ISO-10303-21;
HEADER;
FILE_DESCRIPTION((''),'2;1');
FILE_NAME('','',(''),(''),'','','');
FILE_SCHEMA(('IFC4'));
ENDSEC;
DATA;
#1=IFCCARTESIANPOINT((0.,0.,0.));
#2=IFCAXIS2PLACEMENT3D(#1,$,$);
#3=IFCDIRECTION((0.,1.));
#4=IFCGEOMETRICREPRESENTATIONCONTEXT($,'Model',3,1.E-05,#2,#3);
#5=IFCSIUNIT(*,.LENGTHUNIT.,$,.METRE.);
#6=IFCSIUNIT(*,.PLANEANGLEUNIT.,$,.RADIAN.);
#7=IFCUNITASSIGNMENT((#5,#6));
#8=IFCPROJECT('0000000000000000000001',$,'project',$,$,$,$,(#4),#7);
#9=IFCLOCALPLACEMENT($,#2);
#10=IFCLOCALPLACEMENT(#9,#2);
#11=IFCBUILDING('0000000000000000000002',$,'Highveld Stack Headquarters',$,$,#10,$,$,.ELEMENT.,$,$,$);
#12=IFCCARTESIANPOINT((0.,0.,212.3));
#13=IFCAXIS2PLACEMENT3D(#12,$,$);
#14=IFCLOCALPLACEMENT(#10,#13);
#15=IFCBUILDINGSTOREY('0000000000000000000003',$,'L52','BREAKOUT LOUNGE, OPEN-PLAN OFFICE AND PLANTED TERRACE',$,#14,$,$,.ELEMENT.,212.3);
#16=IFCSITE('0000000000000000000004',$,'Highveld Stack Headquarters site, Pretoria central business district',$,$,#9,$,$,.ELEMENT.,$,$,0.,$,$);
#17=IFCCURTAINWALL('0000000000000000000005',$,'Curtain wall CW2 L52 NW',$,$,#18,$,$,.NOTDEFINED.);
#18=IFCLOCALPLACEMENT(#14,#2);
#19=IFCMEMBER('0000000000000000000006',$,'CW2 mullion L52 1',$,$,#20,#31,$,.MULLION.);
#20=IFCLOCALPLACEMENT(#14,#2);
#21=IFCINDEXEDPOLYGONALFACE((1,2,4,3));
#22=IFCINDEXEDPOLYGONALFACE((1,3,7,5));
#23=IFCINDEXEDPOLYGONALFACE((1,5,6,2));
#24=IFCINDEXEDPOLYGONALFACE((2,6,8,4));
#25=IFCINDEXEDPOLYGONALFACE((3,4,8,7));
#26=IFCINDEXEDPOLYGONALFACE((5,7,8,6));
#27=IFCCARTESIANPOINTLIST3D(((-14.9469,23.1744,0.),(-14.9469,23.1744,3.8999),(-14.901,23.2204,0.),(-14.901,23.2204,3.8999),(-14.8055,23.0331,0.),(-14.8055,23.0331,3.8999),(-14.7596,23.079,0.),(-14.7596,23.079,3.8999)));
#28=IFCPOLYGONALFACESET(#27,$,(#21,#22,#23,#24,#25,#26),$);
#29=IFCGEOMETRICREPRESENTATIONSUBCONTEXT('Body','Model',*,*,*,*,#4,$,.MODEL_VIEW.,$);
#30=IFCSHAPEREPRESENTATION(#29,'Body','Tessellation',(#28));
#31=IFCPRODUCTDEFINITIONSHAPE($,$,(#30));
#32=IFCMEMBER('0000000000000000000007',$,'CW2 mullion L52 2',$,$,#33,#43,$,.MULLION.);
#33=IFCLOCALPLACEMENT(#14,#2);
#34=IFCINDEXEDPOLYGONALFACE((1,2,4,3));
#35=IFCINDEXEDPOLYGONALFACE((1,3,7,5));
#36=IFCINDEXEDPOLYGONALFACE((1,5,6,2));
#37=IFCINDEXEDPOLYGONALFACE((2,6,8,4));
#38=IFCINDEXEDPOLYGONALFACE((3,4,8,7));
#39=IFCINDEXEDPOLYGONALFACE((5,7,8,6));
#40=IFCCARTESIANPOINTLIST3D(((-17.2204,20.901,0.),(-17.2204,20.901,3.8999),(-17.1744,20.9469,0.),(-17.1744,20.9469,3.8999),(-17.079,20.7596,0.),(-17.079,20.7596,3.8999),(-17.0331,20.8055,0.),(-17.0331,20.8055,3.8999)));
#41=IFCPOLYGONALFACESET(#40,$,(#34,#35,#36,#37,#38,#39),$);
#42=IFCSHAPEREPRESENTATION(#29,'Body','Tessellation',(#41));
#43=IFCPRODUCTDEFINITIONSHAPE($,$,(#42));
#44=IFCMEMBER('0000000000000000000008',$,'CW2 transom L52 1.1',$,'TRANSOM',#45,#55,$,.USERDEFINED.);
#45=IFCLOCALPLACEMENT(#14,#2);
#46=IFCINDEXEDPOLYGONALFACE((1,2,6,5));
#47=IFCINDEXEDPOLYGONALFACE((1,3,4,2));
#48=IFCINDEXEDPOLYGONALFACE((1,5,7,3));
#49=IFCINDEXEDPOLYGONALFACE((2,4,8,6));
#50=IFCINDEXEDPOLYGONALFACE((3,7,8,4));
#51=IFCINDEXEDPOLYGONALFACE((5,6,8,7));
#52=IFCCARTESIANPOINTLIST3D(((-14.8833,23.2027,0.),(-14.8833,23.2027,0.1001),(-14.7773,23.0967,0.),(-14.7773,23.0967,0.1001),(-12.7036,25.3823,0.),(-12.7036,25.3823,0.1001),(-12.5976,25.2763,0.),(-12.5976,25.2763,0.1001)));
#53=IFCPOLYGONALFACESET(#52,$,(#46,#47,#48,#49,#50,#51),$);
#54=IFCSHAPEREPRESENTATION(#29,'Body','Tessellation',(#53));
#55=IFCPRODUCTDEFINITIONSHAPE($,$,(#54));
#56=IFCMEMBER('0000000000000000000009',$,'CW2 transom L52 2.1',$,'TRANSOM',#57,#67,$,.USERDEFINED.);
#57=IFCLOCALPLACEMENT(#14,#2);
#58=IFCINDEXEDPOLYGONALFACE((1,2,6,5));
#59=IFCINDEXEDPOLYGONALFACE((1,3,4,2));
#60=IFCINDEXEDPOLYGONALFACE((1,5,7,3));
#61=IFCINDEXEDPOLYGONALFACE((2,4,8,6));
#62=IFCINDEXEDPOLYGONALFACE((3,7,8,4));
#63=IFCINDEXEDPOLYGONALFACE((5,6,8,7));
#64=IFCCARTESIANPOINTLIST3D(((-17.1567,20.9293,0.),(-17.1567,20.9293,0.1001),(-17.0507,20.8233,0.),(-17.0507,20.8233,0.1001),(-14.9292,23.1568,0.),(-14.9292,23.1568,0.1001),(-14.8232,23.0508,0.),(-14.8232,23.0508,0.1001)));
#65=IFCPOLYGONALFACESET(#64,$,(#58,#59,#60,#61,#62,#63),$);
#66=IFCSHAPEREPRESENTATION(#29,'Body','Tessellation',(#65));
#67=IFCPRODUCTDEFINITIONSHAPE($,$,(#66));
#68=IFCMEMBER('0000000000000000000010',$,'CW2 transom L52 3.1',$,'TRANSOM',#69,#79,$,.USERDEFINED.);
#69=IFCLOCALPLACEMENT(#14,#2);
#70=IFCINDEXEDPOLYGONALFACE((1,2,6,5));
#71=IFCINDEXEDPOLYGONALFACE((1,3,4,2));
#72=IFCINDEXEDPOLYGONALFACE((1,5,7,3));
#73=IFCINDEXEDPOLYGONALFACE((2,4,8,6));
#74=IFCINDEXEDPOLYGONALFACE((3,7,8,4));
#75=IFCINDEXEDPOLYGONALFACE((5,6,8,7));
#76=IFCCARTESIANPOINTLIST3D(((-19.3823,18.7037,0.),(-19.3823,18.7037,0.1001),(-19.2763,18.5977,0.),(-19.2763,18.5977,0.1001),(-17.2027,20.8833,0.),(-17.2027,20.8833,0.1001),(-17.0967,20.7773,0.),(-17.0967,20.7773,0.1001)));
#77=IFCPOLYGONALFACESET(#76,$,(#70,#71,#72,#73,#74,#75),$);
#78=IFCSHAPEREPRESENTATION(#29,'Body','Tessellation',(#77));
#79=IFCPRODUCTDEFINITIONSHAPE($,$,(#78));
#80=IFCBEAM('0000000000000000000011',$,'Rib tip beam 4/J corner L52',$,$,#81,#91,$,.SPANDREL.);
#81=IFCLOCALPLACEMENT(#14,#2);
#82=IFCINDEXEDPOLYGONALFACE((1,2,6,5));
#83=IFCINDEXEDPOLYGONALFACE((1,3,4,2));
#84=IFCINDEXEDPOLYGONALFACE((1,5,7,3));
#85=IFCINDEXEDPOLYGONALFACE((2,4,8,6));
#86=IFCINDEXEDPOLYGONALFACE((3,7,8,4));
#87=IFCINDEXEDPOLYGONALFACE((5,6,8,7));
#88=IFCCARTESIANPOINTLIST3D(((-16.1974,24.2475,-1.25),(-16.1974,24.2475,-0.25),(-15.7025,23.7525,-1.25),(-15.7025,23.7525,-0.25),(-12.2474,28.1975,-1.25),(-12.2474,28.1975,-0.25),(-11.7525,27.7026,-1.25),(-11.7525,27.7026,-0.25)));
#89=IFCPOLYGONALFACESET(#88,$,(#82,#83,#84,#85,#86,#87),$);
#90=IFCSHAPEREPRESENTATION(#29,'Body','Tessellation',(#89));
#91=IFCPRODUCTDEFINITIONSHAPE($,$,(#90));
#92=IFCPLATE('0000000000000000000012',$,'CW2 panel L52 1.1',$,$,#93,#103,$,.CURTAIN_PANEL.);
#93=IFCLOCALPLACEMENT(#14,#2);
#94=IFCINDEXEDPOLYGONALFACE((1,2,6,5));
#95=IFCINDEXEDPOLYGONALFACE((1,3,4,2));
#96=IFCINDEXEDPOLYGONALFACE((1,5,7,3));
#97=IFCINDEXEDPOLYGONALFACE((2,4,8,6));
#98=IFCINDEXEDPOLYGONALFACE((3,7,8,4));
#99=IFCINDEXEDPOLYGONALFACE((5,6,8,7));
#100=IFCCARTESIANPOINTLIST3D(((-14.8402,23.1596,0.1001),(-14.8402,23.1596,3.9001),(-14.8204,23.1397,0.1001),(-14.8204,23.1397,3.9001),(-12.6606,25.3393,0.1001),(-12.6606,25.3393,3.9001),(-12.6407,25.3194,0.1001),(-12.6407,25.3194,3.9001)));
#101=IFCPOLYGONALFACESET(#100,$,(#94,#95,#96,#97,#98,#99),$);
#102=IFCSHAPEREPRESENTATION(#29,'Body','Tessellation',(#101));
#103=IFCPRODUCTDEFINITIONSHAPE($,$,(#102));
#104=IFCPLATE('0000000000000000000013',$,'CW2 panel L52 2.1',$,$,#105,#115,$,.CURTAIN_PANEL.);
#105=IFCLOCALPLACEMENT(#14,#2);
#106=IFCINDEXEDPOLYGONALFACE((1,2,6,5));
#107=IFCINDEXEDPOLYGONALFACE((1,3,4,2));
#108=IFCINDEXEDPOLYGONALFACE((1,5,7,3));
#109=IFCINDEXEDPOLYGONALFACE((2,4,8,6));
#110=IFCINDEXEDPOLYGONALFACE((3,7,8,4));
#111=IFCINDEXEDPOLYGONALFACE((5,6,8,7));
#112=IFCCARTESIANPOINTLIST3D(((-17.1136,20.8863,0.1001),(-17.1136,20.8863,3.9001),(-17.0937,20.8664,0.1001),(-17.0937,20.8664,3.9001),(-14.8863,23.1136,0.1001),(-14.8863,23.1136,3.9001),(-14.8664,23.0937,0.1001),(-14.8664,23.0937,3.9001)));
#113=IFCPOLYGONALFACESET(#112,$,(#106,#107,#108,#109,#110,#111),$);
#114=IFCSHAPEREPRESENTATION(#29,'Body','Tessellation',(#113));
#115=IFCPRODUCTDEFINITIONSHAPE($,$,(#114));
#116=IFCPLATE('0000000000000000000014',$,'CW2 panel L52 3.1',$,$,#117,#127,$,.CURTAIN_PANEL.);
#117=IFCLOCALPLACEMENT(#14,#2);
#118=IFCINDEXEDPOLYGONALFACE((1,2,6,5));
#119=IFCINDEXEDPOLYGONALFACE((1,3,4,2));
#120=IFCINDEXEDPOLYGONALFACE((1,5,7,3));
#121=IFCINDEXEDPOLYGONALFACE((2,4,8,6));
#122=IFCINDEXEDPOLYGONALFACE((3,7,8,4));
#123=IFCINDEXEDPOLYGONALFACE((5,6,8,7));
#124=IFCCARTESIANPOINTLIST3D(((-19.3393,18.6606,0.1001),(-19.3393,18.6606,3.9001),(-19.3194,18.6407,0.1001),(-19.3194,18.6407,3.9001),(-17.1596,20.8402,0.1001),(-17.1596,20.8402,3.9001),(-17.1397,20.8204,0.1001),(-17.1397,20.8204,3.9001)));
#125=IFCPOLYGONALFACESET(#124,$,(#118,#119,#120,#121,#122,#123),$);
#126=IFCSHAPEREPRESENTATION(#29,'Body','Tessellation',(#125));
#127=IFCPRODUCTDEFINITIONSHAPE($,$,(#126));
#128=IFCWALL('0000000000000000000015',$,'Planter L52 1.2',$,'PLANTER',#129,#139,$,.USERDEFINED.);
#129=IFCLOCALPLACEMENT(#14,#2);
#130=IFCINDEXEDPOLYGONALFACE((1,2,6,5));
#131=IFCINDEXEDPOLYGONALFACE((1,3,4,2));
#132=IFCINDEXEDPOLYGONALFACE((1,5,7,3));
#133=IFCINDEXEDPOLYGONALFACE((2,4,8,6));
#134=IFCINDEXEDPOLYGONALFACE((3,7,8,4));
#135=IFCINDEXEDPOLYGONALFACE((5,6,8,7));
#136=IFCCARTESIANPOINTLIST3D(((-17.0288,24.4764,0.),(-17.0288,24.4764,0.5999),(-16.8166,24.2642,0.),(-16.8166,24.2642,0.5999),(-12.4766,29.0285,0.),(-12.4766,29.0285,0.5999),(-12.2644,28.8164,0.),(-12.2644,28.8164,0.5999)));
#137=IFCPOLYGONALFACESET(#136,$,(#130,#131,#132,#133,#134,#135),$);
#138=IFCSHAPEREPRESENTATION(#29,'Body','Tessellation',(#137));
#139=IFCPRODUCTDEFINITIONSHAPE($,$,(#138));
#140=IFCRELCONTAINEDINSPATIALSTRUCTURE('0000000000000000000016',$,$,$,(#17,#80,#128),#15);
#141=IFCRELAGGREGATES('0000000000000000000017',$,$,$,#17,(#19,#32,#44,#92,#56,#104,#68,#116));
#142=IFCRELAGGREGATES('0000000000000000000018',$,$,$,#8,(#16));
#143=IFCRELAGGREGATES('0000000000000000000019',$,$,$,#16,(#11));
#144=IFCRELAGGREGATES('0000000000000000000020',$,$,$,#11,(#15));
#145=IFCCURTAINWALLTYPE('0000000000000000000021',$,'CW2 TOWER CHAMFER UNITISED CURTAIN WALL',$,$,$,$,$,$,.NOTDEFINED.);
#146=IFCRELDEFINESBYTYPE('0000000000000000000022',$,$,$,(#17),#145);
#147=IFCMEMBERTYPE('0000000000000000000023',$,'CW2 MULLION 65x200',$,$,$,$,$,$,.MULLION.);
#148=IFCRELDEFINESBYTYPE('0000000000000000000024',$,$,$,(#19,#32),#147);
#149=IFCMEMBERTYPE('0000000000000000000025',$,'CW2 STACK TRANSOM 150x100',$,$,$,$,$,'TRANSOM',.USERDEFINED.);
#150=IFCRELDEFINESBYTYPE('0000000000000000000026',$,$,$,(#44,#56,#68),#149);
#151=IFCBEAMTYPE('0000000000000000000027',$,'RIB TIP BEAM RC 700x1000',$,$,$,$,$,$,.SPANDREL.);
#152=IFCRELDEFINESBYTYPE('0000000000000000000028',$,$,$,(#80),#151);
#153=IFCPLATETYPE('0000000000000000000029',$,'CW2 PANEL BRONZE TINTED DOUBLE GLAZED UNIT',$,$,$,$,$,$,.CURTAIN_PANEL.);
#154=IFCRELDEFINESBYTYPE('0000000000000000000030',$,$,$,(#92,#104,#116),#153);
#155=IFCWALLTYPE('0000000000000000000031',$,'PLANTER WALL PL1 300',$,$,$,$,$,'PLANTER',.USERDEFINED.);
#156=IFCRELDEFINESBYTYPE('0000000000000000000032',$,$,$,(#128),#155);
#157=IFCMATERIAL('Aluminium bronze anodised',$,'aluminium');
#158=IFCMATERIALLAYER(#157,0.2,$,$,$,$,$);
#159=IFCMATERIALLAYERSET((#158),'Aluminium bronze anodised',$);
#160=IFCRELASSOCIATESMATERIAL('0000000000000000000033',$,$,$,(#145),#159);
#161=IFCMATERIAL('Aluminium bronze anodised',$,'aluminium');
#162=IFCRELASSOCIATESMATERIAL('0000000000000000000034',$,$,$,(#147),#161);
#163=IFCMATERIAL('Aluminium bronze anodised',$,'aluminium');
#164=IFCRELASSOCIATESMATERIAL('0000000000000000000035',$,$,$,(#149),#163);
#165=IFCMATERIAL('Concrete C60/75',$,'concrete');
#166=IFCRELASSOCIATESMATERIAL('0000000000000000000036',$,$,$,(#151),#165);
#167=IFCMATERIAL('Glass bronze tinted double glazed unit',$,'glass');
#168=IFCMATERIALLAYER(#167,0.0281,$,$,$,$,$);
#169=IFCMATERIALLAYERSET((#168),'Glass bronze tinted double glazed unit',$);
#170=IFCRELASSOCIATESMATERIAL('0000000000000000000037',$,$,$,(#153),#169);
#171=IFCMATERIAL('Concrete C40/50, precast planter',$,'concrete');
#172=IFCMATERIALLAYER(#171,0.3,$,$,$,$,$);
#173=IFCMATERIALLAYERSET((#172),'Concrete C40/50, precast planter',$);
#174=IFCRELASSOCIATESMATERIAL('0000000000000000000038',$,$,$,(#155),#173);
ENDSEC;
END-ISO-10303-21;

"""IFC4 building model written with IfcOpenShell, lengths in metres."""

from ifc_helpers import new_model, si_unit, direction, frame, frame_2d, origin, origin_2d, place, context, subcontext, project, spatial, rectangle, extrude, material, layer, layer_set, material_profile, profile_set, type_object, element, aggregate, save


model = new_model("IFC4")

# Units and contexts
model_context = context("Model", 3, precision=1e-05, world=origin(), true_north=direction((0.0, 1.0)))
body_context = subcontext(model_context, "Body", "Model", "MODEL_VIEW")
ifc_project = project(units=[si_unit("LENGTHUNIT", "METRE"), si_unit("PLANEANGLEUNIT", "RADIAN")], contexts=[model_context])

# Site, building, storey
site_placement = place(None, origin())
site = spatial("IfcSite", under=ifc_project, at=site_placement, Name="Highveld Stack Headquarters site, Pretoria central business district", CompositionType="ELEMENT", RefElevation=0.0)
building_placement = place(site_placement, origin())
building = spatial("IfcBuilding", under=site, at=building_placement, Name="Highveld Stack Headquarters", CompositionType="ELEMENT")
storey_placement = place(building_placement, frame((0.0, 0.0, 212.3)))
storey = spatial("IfcBuildingStorey", under=building, at=storey_placement, Name="L52", Description="BREAKOUT LOUNGE, OPEN-PLAN OFFICE AND PLANTED TERRACE", CompositionType="ELEMENT", Elevation=212.3)

# Curtain wall, members
ifc_material_1 = material(Name="Aluminium bronze anodised", Category="aluminium")
ifc_layer_1 = layer(ifc_material_1, 0.2)
ifc_layer_set_1 = layer_set([ifc_layer_1], Name="Aluminium bronze anodised")
curtain_wall_type_1 = type_object("IfcCurtainWallType", Name="CW2 TOWER CHAMFER UNITISED CURTAIN WALL", PredefinedType="NOTDEFINED", material=ifc_layer_set_1)
curtain_wall_1_placement = place(storey_placement, origin())
curtain_wall_1 = element("IfcCurtainWall", 1, at=curtain_wall_1_placement, inside=storey, type_object=curtain_wall_type_1, Name="Curtain wall CW2 L52 NW", PredefinedType="NOTDEFINED")
ifc_material_2 = material(Name="Aluminium bronze anodised", Category="aluminium")
ifc_material_profile_1 = material_profile(ifc_material_2, rectangle(XDim=0.2, YDim=0.0649, at=origin_2d()), Name="CW2 MULLION 65x200")
ifc_profile_set_1 = profile_set([ifc_material_profile_1], Name="Aluminium bronze anodised")
member_type_1 = type_object("IfcMemberType", Name="CW2 MULLION 65x200", PredefinedType="MULLION", material=ifc_profile_set_1)
member_1_placement = place(storey_placement, frame((-14.8533, 23.1267, 0.0), z_axis=(0.0, 0.0, 1.0), x_axis=(0.707107, -0.707107, 0.0)))
member_1 = element("IfcMember", 2, at=member_1_placement, type_object=member_type_1, Name="CW2 mullion L52 1", PredefinedType="MULLION", context=body_context, shape_type="SweptSolid", body=[
    extrude(rectangle(XDim=0.2, YDim=0.0649, at=origin_2d()), origin(), (0.0, 0.0, 1.0), 3.8999),
])
member_2_placement = place(storey_placement, frame((-17.1267, 20.8533, 0.0), z_axis=(0.0, 0.0, 1.0), x_axis=(0.707107, -0.707107, 0.0)))
member_2 = element("IfcMember", 3, at=member_2_placement, type_object=member_type_1, Name="CW2 mullion L52 2", PredefinedType="MULLION", context=body_context, shape_type="SweptSolid", body=[
    extrude(rectangle(XDim=0.2, YDim=0.0649, at=origin_2d()), origin(), (0.0, 0.0, 1.0), 3.8999),
])
ifc_material_3 = material(Name="Aluminium bronze anodised", Category="aluminium")
ifc_material_profile_2 = material_profile(ifc_material_3, rectangle(XDim=0.1499, YDim=0.1001, at=origin_2d()), Name="CW2 TRANSOM 150x100")
ifc_profile_set_2 = profile_set([ifc_material_profile_2], Name="Aluminium bronze anodised")
member_type_2 = type_object("IfcMemberType", Name="CW2 STACK TRANSOM 150x100", ElementType="TRANSOM", PredefinedType="USERDEFINED", material=ifc_profile_set_2)
member_3_placement = place(storey_placement, frame((-12.6506, 25.3293, 0.05), z_axis=(-0.707107, -0.707107, 0.0), x_axis=(0.707107, -0.707107, 0.0)))
member_3 = element("IfcMember", 4, at=member_3_placement, type_object=member_type_2, Name="CW2 transom L52 1.1", ObjectType="TRANSOM", PredefinedType="USERDEFINED", context=body_context, shape_type="SweptSolid", body=[
    extrude(rectangle(XDim=0.1499, YDim=0.1001, at=origin_2d()), origin(), (0.0, 0.0, 1.0), 3.0825),
])
member_4_placement = place(storey_placement, frame((-14.8762, 23.1038, 0.05), z_axis=(-0.707107, -0.707107, 0.0), x_axis=(0.707107, -0.707107, 0.0)))
member_4 = element("IfcMember", 5, at=member_4_placement, type_object=member_type_2, Name="CW2 transom L52 2.1", ObjectType="TRANSOM", PredefinedType="USERDEFINED", context=body_context, shape_type="SweptSolid", body=[
    extrude(rectangle(XDim=0.1499, YDim=0.1001, at=origin_2d()), origin(), (0.0, 0.0, 1.0), 3.1501),
])
member_5_placement = place(storey_placement, frame((-17.1497, 20.8303, 0.05), z_axis=(-0.707107, -0.707107, 0.0), x_axis=(0.707107, -0.707107, 0.0)))
member_5 = element("IfcMember", 6, at=member_5_placement, type_object=member_type_2, Name="CW2 transom L52 3.1", ObjectType="TRANSOM", PredefinedType="USERDEFINED", context=body_context, shape_type="SweptSolid", body=[
    extrude(rectangle(XDim=0.1499, YDim=0.1001, at=origin_2d()), origin(), (0.0, 0.0, 1.0), 3.0825),
])

# Beam
ifc_material_4 = material(Name="Concrete C60/75", Category="concrete")
ifc_material_profile_3 = material_profile(ifc_material_4, rectangle(XDim=0.7, YDim=1.0, at=origin_2d()), Name="RC 700x1000")
ifc_profile_set_3 = profile_set([ifc_material_profile_3], Name="Concrete C60/75")
beam_type_1 = type_object("IfcBeamType", Name="RIB TIP BEAM RC 700x1000", PredefinedType="SPANDREL", material=ifc_profile_set_3)
beam_1_placement = place(storey_placement, frame((-15.95, 24.0, -0.75), z_axis=(0.707107, 0.707107, 0.0), x_axis=(-0.707107, 0.707107, 0.0)))
element("IfcBeam", 7, at=beam_1_placement, inside=storey, type_object=beam_type_1, Name="Rib tip beam 4/J corner L52", PredefinedType="SPANDREL", context=body_context, shape_type="SweptSolid", body=[
    extrude(rectangle(XDim=0.7, YDim=1.0, at=origin_2d()), origin(), (0.0, 0.0, 1.0), 5.5862),
])

# Plates
ifc_material_5 = material(Name="Glass bronze tinted double glazed unit", Category="glass")
ifc_layer_2 = layer(ifc_material_5, 0.0281)
ifc_layer_set_2 = layer_set([ifc_layer_2], Name="Glass bronze tinted double glazed unit")
plate_type = type_object("IfcPlateType", Name="CW2 PANEL BRONZE TINTED DOUBLE GLAZED UNIT", PredefinedType="CURTAIN_PANEL", material=ifc_layer_set_2)
plate_1_placement = place(storey_placement, frame((-13.7405, 24.2395, 0.1001), z_axis=(0.0, 0.0, 1.0), x_axis=(-0.707107, -0.707107, 0.0)))
plate_1 = element("IfcPlate", 8, at=plate_1_placement, type_object=plate_type, Name="CW2 panel L52 1.1", PredefinedType="CURTAIN_PANEL", context=body_context, shape_type="SweptSolid", body=[
    extrude(rectangle(XDim=3.0825, YDim=0.0281, at=origin_2d()), origin(), (0.0, 0.0, 1.0), 3.8),
])
plate_2_placement = place(storey_placement, frame((-15.99, 21.99, 0.1001), z_axis=(0.0, 0.0, 1.0), x_axis=(-0.707107, -0.707107, 0.0)))
plate_2 = element("IfcPlate", 9, at=plate_2_placement, type_object=plate_type, Name="CW2 panel L52 2.1", PredefinedType="CURTAIN_PANEL", context=body_context, shape_type="SweptSolid", body=[
    extrude(rectangle(XDim=3.1499, YDim=0.0281, at=origin_2d()), origin(), (0.0, 0.0, 1.0), 3.8),
])
plate_3_placement = place(storey_placement, frame((-18.2395, 19.7405, 0.1001), z_axis=(0.0, 0.0, 1.0), x_axis=(-0.707107, -0.707107, 0.0)))
plate_3 = element("IfcPlate", 10, at=plate_3_placement, type_object=plate_type, Name="CW2 panel L52 3.1", PredefinedType="CURTAIN_PANEL", context=body_context, shape_type="SweptSolid", body=[
    extrude(rectangle(XDim=3.0825, YDim=0.0281, at=origin_2d()), origin(), (0.0, 0.0, 1.0), 3.8),
])
aggregate(curtain_wall_1, [member_1, member_2, member_3, plate_1, member_4, plate_2, member_5, plate_3])

# Wall
ifc_material_6 = material(Name="Concrete C40/50, precast planter", Category="concrete")
ifc_layer_3 = layer(ifc_material_6, 0.3)
ifc_layer_set_3 = layer_set([ifc_layer_3], Name="Concrete C40/50, precast planter")
wall_type = type_object("IfcWallType", Name="PLANTER WALL PL1 300", ElementType="PLANTER", PredefinedType="USERDEFINED", material=ifc_layer_set_3)
wall_placement = place(storey_placement, frame((-16.9226, 24.3704, 0.0), z_axis=(0.0, 0.0, 1.0), x_axis=(0.707107, 0.707107, 0.0)))
element("IfcWall", 11, at=wall_placement, inside=storey, type_object=wall_type, Name="Planter L52 1.2", ObjectType="PLANTER", PredefinedType="USERDEFINED", context=body_context, shape_type="SweptSolid", body=[
    extrude(rectangle(XDim=6.4377, YDim=0.3, at=frame_2d((3.2188, 0.0))), origin(), (0.0, 0.0, 1.0), 0.5999),
])

save(model, "model.ifc")
